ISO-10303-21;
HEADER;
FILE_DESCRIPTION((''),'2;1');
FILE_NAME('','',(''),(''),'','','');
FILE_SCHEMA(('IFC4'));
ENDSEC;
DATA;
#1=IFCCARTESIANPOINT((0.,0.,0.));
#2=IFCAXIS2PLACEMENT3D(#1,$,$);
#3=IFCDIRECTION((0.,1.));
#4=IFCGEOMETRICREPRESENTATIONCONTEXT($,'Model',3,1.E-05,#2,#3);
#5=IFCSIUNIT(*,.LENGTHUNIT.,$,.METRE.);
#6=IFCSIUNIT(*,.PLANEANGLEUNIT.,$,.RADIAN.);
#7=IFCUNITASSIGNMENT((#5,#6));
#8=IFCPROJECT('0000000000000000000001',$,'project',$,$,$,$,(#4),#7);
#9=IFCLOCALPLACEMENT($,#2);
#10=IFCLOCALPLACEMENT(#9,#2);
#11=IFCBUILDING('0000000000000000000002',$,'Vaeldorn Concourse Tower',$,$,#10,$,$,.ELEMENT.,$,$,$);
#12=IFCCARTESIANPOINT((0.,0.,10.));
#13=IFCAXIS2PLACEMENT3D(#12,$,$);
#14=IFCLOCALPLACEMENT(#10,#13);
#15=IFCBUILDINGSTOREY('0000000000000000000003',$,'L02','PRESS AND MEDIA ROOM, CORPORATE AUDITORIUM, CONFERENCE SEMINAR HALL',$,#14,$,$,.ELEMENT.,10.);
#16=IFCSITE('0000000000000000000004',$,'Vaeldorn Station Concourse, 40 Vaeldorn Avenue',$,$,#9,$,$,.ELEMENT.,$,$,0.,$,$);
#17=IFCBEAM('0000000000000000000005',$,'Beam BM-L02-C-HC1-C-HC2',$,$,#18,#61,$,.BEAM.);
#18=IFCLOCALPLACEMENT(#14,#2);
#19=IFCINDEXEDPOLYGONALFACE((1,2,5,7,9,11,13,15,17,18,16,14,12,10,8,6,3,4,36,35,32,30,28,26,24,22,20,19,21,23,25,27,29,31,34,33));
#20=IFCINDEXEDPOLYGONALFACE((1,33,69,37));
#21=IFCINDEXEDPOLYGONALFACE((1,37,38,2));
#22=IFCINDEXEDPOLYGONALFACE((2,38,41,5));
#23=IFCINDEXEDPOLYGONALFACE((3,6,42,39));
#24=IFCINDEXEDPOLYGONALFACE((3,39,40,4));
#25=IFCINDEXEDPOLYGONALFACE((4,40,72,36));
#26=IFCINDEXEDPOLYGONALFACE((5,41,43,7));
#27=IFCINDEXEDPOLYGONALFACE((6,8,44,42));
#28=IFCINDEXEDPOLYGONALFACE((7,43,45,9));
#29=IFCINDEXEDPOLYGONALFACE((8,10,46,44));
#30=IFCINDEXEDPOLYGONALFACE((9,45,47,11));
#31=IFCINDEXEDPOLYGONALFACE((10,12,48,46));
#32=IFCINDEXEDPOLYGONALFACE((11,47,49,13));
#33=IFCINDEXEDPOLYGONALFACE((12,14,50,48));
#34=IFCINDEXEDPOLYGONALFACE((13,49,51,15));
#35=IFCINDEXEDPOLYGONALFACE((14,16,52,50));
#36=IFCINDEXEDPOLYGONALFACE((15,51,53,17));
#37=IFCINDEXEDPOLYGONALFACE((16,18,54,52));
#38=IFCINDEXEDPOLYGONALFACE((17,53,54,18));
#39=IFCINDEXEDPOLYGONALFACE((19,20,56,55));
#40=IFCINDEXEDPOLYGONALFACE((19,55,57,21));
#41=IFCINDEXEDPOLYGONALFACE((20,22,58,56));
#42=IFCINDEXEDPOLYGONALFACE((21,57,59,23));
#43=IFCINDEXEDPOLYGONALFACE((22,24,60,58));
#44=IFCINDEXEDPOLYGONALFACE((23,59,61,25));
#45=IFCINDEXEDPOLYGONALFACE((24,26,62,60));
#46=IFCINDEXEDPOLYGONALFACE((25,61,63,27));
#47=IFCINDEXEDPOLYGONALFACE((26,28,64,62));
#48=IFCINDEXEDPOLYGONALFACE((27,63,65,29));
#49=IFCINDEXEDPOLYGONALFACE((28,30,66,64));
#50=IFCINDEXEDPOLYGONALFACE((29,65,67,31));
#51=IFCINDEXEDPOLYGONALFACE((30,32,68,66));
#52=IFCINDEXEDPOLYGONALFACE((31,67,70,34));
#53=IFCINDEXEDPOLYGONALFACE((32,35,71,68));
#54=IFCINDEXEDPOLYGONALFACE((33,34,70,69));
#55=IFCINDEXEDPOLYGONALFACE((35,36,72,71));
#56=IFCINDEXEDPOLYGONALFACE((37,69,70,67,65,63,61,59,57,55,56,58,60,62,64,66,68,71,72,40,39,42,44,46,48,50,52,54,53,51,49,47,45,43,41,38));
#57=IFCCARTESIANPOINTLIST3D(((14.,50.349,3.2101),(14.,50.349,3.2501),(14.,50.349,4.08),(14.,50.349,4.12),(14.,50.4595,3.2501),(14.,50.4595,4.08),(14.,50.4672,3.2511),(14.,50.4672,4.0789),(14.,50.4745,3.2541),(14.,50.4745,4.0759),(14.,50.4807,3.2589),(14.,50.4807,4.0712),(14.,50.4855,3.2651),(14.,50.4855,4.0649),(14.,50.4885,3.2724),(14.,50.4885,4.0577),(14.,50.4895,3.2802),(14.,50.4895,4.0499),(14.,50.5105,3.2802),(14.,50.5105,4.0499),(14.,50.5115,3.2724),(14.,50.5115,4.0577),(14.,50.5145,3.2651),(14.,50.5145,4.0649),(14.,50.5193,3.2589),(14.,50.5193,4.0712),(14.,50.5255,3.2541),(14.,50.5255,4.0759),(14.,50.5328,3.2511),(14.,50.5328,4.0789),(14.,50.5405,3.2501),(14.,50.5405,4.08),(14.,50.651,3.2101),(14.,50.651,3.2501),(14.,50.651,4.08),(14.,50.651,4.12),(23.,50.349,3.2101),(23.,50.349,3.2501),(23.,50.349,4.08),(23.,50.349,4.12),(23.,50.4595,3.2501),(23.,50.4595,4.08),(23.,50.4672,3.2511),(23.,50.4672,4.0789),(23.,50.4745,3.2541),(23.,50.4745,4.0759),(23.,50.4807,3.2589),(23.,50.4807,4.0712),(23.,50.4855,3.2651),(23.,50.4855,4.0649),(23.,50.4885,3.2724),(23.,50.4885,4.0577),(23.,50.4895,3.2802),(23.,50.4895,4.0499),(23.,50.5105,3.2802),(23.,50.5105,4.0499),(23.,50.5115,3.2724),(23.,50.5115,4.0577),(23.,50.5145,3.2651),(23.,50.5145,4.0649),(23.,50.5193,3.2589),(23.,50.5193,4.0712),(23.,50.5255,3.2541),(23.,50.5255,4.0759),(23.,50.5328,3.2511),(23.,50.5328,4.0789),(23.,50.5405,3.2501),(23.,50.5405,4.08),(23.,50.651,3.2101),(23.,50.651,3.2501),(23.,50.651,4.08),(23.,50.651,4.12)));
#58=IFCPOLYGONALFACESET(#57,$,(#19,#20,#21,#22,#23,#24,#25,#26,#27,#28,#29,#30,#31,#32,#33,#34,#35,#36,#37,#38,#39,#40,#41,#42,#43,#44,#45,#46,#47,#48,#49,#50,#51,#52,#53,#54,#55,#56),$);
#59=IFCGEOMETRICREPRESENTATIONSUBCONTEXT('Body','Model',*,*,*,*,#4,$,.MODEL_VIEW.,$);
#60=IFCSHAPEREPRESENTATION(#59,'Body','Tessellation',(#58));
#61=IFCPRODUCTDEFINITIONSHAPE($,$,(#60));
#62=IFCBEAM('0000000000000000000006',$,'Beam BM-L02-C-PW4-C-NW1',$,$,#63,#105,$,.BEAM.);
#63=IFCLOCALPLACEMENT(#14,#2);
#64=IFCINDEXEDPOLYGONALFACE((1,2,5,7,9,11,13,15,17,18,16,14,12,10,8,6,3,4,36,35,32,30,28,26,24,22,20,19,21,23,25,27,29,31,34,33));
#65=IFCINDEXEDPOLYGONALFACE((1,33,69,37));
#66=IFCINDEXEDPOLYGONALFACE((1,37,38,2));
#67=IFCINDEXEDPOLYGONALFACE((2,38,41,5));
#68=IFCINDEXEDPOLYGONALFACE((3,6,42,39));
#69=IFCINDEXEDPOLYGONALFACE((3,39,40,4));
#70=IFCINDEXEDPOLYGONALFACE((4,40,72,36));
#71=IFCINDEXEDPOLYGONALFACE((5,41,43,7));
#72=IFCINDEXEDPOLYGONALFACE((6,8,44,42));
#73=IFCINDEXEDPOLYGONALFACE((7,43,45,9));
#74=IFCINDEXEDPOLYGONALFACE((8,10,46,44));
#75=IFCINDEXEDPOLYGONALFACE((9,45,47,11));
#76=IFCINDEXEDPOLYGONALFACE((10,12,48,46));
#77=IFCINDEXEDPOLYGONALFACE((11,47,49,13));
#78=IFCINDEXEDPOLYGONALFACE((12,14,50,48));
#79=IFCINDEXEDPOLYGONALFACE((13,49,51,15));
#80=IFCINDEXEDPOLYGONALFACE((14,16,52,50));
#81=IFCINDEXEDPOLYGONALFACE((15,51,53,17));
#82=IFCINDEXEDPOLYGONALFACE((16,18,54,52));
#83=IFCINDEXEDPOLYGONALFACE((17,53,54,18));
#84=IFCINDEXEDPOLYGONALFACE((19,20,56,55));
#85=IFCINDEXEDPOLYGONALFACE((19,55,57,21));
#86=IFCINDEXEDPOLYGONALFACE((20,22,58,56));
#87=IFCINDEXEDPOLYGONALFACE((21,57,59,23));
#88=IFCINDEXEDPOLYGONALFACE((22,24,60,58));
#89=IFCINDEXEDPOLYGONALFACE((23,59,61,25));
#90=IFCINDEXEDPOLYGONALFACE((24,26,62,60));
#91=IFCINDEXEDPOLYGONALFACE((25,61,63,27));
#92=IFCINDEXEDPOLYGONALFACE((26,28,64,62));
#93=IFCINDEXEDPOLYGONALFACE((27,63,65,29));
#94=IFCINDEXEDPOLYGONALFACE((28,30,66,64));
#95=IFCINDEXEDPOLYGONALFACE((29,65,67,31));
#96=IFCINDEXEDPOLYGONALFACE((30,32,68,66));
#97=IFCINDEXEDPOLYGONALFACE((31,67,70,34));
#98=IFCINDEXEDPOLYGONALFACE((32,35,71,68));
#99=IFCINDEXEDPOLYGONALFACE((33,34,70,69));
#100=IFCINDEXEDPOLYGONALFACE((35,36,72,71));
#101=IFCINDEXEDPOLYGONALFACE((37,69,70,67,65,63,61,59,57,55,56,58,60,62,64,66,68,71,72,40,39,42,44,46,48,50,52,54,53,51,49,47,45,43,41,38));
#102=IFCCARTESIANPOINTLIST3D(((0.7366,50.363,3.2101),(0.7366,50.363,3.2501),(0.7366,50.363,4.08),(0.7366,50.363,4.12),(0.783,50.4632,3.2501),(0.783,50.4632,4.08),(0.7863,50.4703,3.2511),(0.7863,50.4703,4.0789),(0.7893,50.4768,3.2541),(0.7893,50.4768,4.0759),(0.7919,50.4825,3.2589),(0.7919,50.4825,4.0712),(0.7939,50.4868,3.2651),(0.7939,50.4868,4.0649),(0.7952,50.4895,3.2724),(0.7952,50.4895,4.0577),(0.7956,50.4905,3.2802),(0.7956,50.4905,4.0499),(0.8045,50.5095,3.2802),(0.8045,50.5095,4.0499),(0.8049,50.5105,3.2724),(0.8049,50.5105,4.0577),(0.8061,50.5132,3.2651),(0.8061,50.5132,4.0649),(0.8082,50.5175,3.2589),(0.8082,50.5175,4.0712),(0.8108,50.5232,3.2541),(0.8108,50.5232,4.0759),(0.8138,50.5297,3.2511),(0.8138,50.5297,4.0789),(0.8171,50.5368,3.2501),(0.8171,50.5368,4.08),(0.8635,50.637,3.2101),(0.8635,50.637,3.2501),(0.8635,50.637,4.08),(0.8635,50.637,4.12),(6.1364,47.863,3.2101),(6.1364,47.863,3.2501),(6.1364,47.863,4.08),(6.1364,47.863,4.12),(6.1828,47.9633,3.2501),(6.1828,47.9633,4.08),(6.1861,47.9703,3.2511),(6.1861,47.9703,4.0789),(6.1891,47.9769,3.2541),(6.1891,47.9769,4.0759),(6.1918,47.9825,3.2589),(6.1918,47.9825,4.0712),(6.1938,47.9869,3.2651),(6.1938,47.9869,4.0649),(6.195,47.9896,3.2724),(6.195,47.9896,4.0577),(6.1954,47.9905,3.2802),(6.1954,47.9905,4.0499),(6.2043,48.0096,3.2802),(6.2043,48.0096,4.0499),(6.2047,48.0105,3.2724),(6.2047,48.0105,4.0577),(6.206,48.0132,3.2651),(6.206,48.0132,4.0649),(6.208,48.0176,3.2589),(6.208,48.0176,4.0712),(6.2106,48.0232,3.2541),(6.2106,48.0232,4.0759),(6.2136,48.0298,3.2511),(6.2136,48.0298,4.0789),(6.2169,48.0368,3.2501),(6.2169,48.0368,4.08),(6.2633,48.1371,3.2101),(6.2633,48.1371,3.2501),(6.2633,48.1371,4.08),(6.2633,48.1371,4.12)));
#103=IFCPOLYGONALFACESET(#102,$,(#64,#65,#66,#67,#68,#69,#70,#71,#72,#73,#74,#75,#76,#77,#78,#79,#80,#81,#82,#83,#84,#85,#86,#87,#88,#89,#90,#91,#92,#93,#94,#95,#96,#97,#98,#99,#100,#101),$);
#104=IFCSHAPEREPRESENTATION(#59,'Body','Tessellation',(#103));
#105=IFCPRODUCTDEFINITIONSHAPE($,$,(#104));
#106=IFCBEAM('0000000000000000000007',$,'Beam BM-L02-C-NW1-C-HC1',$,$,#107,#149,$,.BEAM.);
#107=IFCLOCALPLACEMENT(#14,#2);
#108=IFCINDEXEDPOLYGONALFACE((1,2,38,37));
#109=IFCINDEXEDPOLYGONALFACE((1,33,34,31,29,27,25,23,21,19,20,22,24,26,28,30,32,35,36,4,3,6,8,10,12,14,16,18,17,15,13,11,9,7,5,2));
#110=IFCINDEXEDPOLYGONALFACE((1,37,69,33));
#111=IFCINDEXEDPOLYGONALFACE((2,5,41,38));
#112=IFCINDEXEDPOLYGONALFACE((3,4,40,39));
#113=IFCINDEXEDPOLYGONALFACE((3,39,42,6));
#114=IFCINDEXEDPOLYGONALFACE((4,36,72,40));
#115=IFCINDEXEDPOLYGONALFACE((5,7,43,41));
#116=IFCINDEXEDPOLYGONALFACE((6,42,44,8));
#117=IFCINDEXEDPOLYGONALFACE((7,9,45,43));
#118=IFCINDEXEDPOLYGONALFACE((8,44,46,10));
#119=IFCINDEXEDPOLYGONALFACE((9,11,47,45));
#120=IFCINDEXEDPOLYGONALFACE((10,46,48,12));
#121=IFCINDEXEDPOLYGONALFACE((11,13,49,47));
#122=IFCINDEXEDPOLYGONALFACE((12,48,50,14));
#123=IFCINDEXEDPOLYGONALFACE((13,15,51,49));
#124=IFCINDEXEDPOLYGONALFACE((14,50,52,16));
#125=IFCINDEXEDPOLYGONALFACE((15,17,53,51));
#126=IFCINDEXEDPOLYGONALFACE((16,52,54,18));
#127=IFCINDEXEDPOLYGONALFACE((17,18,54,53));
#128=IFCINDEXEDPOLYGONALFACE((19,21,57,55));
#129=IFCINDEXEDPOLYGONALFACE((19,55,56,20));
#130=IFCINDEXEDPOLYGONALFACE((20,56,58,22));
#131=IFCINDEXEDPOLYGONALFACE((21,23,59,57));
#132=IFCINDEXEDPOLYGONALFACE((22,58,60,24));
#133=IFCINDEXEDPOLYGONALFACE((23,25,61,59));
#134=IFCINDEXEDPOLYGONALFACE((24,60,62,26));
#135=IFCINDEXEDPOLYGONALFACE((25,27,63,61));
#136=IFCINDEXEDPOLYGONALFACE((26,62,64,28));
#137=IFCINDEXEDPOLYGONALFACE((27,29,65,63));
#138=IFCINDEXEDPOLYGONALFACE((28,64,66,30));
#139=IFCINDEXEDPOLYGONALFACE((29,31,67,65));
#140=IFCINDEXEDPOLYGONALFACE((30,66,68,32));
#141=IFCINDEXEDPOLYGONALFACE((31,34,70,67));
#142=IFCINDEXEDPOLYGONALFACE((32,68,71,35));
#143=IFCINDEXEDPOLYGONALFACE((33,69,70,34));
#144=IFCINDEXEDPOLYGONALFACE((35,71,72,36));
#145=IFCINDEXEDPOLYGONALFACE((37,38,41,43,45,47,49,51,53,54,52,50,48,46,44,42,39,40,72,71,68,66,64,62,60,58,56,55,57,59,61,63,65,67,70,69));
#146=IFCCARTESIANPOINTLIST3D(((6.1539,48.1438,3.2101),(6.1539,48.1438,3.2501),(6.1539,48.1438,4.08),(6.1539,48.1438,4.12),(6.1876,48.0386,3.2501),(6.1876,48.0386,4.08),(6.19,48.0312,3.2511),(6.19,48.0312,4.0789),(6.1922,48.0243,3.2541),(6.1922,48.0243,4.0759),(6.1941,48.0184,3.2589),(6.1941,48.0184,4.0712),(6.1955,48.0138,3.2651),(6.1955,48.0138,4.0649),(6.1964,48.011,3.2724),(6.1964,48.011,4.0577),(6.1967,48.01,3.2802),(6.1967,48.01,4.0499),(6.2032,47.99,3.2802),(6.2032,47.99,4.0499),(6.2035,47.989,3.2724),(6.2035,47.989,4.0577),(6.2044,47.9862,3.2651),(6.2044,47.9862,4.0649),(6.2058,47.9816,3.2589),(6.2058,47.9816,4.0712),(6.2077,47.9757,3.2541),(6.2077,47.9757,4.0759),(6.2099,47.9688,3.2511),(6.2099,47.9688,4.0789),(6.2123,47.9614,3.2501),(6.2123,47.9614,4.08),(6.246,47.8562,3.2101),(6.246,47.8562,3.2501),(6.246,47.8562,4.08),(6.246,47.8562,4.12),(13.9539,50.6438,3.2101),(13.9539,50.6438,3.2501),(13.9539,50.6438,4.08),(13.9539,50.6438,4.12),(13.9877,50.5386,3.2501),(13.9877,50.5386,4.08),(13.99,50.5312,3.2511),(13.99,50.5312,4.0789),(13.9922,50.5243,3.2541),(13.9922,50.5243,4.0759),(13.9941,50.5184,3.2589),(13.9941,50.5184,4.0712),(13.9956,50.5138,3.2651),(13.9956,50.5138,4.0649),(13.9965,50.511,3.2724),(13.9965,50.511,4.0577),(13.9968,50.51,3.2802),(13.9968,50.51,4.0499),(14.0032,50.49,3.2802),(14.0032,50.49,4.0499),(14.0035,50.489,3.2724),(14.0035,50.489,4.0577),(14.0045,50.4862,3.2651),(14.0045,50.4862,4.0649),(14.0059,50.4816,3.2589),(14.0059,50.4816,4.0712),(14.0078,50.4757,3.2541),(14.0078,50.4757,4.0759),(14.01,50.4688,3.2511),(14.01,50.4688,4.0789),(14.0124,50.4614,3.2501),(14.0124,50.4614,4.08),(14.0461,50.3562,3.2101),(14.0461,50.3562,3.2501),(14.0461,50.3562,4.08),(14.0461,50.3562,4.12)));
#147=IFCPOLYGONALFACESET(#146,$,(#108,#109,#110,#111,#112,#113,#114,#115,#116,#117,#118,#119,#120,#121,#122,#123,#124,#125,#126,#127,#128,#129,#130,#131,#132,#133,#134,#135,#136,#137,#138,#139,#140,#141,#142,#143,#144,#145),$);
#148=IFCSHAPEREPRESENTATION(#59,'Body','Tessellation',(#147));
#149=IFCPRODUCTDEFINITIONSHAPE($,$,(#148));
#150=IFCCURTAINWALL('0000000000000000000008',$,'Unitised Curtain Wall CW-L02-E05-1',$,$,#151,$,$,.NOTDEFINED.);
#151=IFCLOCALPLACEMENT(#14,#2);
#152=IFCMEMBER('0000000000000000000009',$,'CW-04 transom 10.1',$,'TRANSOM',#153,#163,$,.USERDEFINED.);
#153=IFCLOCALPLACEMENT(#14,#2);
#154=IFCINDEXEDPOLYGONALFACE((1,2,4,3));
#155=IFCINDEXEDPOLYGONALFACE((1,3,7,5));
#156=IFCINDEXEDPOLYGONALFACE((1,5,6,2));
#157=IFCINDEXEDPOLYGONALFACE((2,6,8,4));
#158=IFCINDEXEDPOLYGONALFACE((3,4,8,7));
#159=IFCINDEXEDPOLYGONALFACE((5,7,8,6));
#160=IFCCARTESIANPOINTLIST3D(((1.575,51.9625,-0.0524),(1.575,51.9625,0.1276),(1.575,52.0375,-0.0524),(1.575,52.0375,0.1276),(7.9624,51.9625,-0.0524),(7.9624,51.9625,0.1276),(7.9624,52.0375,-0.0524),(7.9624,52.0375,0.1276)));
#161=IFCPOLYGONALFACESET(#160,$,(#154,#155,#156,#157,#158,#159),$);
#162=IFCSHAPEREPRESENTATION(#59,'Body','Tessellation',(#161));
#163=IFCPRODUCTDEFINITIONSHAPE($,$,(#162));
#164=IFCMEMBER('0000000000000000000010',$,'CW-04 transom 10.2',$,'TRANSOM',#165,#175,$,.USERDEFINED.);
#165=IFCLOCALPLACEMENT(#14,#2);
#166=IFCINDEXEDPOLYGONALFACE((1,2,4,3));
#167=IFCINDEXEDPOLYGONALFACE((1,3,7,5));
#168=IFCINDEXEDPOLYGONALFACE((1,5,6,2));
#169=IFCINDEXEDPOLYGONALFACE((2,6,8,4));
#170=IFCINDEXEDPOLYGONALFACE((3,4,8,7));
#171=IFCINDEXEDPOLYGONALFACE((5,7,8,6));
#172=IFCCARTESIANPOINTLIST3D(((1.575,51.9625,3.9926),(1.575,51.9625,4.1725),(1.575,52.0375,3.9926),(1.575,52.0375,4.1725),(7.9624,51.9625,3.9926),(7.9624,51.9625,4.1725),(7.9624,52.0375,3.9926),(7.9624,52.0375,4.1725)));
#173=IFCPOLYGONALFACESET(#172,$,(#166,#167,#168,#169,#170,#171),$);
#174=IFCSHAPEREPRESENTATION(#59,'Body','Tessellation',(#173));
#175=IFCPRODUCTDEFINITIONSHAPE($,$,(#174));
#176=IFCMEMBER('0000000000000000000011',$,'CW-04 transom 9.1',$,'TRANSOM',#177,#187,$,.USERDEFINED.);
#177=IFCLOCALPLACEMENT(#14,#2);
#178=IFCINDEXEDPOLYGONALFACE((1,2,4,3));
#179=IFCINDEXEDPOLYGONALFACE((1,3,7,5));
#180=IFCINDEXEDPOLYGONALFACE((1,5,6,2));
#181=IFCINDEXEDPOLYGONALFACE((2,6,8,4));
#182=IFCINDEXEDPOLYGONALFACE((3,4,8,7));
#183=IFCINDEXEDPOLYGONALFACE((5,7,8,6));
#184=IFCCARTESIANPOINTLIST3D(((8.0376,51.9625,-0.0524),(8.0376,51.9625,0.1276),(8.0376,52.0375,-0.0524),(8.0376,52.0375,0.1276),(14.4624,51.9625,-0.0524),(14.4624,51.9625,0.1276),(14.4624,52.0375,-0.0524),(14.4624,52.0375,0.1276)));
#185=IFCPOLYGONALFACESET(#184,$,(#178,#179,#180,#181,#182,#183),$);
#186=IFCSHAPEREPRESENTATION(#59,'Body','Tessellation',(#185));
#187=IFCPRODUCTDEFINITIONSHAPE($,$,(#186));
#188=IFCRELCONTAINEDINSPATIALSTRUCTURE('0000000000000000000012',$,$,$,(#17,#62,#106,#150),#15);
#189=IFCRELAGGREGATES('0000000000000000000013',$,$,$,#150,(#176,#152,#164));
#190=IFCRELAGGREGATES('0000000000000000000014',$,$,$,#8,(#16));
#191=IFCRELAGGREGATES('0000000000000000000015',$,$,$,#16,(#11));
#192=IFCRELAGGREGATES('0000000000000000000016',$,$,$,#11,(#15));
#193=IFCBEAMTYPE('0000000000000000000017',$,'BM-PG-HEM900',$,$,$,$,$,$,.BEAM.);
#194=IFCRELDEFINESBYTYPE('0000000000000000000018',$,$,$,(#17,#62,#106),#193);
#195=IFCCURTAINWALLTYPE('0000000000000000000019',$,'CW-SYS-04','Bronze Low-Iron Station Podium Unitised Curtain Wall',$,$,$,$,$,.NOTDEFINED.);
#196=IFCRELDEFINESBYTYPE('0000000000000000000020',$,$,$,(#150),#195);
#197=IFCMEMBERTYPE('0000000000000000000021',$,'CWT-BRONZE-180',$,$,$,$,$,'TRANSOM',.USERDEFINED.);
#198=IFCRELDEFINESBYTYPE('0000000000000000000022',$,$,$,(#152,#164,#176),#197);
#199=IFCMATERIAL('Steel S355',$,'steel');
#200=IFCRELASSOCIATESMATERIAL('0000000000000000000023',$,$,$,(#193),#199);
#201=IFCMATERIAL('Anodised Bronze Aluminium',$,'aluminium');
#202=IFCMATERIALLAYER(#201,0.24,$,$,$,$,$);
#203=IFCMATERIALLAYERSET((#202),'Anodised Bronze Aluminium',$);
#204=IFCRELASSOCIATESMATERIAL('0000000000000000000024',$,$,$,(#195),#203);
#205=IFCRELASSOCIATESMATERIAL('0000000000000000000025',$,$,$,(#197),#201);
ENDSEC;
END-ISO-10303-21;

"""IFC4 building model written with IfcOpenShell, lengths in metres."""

from ifc_helpers import new_model, si_unit, direction, frame, origin, origin_2d, place, context, subcontext, project, spatial, rectangle, i_section, extrude, source, transform, mapped, material, layer, layer_set, material_profile, profile_set, type_object, element, aggregate, save


model = new_model("IFC4")

# Units and contexts
model_context = context("Model", 3, precision=1e-05, world=origin(), true_north=direction((0.0, 1.0)))
body_context = subcontext(model_context, "Body", "Model", "MODEL_VIEW")
ifc_project = project(units=[si_unit("LENGTHUNIT", "METRE"), si_unit("PLANEANGLEUNIT", "RADIAN")], contexts=[model_context])

# Site, building, storey
site_placement = place(None, origin())
site = spatial("IfcSite", under=ifc_project, at=site_placement, Name="Vaeldorn Station Concourse, 40 Vaeldorn Avenue", CompositionType="ELEMENT", RefElevation=0.0)
building_placement = place(site_placement, origin())
building = spatial("IfcBuilding", under=site, at=building_placement, Name="Vaeldorn Concourse Tower", CompositionType="ELEMENT")
storey_placement = place(building_placement, frame((0.0, 0.0, 10.0)))
storey = spatial("IfcBuildingStorey", under=building, at=storey_placement, Name="L02", Description="PRESS AND MEDIA ROOM, CORPORATE AUDITORIUM, CONFERENCE SEMINAR HALL", CompositionType="ELEMENT", Elevation=10.0)

# Beams
ifc_material_1 = material(Name="Steel S355", Category="steel")
ifc_material_profile_1 = material_profile(ifc_material_1, i_section(OverallWidth=0.302, OverallDepth=0.9099, WebThickness=0.021, FlangeThickness=0.04, FilletRadius=0.03, at=origin_2d()), Name="HEM 900")
ifc_profile_set_1 = profile_set([ifc_material_profile_1], Name="Steel S355")
beam_type = type_object("IfcBeamType", Name="BM-PG-HEM900", PredefinedType="BEAM", material=ifc_profile_set_1)
shared_shape_1 = source(origin(), body_context, "Body", "SweptSolid", [
    extrude(i_section(OverallWidth=0.302, OverallDepth=0.9099, WebThickness=0.021, FlangeThickness=0.04, FilletRadius=0.03, at=origin_2d()), origin(), (0.0, 0.0, 1.0), 9.0),
])
beam_1_placement = place(storey_placement, frame((14.0, 50.5, 3.665), z_axis=(1.0, 0.0, 0.0), x_axis=(0.0, 1.0, 0.0)))
element("IfcBeam", 1, at=beam_1_placement, inside=storey, type_object=beam_type, Name="Beam BM-L02-C-HC1-C-HC2", PredefinedType="BEAM", context=body_context, shape_type="MappedRepresentation", body=[
    mapped(shared_shape_1, transform((0.0, 0.0, 0.0), scale=1.0)),
])
shared_shape_2 = source(origin(), body_context, "Body", "SweptSolid", [
    extrude(i_section(OverallWidth=0.302, OverallDepth=0.9099, WebThickness=0.021, FlangeThickness=0.04, FilletRadius=0.03, at=origin_2d()), origin(), (0.0, 0.0, 1.0), 5.9504),
])
beam_2_placement = place(storey_placement, frame((0.8, 50.5, 3.665), z_axis=(0.907464, -0.42013, 0.0), x_axis=(0.42013, 0.907464, 0.0)))
element("IfcBeam", 2, at=beam_2_placement, inside=storey, type_object=beam_type, Name="Beam BM-L02-C-PW4-C-NW1", PredefinedType="BEAM", context=body_context, shape_type="MappedRepresentation", body=[
    mapped(shared_shape_2, transform((0.0, 0.0, 0.0), scale=1.0)),
])
shared_shape_3 = source(origin(), body_context, "Body", "SweptSolid", [
    extrude(i_section(OverallWidth=0.302, OverallDepth=0.9099, WebThickness=0.021, FlangeThickness=0.04, FilletRadius=0.03, at=origin_2d()), origin(), (0.0, 0.0, 1.0), 8.1909),
])
beam_3_placement = place(storey_placement, frame((6.2, 48.0, 3.665), z_axis=(0.952283, 0.305217, 0.0), x_axis=(-0.305217, 0.952283, 0.0)))
element("IfcBeam", 3, at=beam_3_placement, inside=storey, type_object=beam_type, Name="Beam BM-L02-C-NW1-C-HC1", PredefinedType="BEAM", context=body_context, shape_type="MappedRepresentation", body=[
    mapped(shared_shape_3, transform((0.0, 0.0, 0.0), scale=1.0)),
])

# Curtain wall, members
ifc_material_2 = material(Name="Anodised Bronze Aluminium", Category="aluminium")
ifc_layer_1 = layer(ifc_material_2, 0.24)
ifc_layer_set_1 = layer_set([ifc_layer_1], Name="Anodised Bronze Aluminium")
curtain_wall_type = type_object("IfcCurtainWallType", Name="CW-SYS-04", Description="Bronze Low-Iron Station Podium Unitised Curtain Wall", PredefinedType="NOTDEFINED", material=ifc_layer_set_1)
curtain_wall_1_placement = place(storey_placement, origin())
curtain_wall_1 = element("IfcCurtainWall", 4, at=curtain_wall_1_placement, inside=storey, type_object=curtain_wall_type, Name="Unitised Curtain Wall CW-L02-E05-1", PredefinedType="NOTDEFINED")
ifc_material_profile_2 = material_profile(ifc_material_2, rectangle(XDim=0.075, YDim=0.1799, at=origin_2d()), Name="CWT 75x180")
ifc_profile_set_2 = profile_set([ifc_material_profile_2], Name="Anodised Bronze Aluminium")
member_type_1 = type_object("IfcMemberType", Name="CWT-BRONZE-180", ElementType="TRANSOM", PredefinedType="USERDEFINED", material=ifc_profile_set_2)
shared_shape_4 = source(origin(), body_context, "Body", "SweptSolid", [
    extrude(rectangle(XDim=0.075, YDim=0.1799, at=origin_2d()), origin(), (0.0, 0.0, 1.0), 6.3875),
])
member_1_placement = place(storey_placement, frame((7.9624, 52.0, 0.0376), z_axis=(-1.0, 0.0, 0.0), x_axis=(0.0, -1.0, 0.0)))
member_1 = element("IfcMember", 5, at=member_1_placement, type_object=member_type_1, Name="CW-04 transom 10.1", ObjectType="TRANSOM", PredefinedType="USERDEFINED", context=body_context, shape_type="MappedRepresentation", body=[
    mapped(shared_shape_4, transform((0.0, 0.0, 0.0), scale=1.0)),
])
member_2_placement = place(storey_placement, frame((7.9624, 52.0, 4.0825), z_axis=(-1.0, 0.0, 0.0), x_axis=(0.0, -1.0, 0.0)))
member_2 = element("IfcMember", 6, at=member_2_placement, type_object=member_type_1, Name="CW-04 transom 10.2", ObjectType="TRANSOM", PredefinedType="USERDEFINED", context=body_context, shape_type="MappedRepresentation", body=[
    mapped(shared_shape_4, transform((0.0, 0.0, 0.0), scale=1.0)),
])
shared_shape_5 = source(origin(), body_context, "Body", "SweptSolid", [
    extrude(rectangle(XDim=0.075, YDim=0.1799, at=origin_2d()), origin(), (0.0, 0.0, 1.0), 6.4248),
])
member_3_placement = place(storey_placement, frame((14.4624, 52.0, 0.0376), z_axis=(-1.0, 0.0, 0.0), x_axis=(0.0, -1.0, 0.0)))
member_3 = element("IfcMember", 7, at=member_3_placement, type_object=member_type_1, Name="CW-04 transom 9.1", ObjectType="TRANSOM", PredefinedType="USERDEFINED", context=body_context, shape_type="MappedRepresentation", body=[
    mapped(shared_shape_5, transform((0.0, 0.0, 0.0), scale=1.0)),
])

aggregate(curtain_wall_1, [member_3, member_1, member_2])

save(model, "model.ifc")
